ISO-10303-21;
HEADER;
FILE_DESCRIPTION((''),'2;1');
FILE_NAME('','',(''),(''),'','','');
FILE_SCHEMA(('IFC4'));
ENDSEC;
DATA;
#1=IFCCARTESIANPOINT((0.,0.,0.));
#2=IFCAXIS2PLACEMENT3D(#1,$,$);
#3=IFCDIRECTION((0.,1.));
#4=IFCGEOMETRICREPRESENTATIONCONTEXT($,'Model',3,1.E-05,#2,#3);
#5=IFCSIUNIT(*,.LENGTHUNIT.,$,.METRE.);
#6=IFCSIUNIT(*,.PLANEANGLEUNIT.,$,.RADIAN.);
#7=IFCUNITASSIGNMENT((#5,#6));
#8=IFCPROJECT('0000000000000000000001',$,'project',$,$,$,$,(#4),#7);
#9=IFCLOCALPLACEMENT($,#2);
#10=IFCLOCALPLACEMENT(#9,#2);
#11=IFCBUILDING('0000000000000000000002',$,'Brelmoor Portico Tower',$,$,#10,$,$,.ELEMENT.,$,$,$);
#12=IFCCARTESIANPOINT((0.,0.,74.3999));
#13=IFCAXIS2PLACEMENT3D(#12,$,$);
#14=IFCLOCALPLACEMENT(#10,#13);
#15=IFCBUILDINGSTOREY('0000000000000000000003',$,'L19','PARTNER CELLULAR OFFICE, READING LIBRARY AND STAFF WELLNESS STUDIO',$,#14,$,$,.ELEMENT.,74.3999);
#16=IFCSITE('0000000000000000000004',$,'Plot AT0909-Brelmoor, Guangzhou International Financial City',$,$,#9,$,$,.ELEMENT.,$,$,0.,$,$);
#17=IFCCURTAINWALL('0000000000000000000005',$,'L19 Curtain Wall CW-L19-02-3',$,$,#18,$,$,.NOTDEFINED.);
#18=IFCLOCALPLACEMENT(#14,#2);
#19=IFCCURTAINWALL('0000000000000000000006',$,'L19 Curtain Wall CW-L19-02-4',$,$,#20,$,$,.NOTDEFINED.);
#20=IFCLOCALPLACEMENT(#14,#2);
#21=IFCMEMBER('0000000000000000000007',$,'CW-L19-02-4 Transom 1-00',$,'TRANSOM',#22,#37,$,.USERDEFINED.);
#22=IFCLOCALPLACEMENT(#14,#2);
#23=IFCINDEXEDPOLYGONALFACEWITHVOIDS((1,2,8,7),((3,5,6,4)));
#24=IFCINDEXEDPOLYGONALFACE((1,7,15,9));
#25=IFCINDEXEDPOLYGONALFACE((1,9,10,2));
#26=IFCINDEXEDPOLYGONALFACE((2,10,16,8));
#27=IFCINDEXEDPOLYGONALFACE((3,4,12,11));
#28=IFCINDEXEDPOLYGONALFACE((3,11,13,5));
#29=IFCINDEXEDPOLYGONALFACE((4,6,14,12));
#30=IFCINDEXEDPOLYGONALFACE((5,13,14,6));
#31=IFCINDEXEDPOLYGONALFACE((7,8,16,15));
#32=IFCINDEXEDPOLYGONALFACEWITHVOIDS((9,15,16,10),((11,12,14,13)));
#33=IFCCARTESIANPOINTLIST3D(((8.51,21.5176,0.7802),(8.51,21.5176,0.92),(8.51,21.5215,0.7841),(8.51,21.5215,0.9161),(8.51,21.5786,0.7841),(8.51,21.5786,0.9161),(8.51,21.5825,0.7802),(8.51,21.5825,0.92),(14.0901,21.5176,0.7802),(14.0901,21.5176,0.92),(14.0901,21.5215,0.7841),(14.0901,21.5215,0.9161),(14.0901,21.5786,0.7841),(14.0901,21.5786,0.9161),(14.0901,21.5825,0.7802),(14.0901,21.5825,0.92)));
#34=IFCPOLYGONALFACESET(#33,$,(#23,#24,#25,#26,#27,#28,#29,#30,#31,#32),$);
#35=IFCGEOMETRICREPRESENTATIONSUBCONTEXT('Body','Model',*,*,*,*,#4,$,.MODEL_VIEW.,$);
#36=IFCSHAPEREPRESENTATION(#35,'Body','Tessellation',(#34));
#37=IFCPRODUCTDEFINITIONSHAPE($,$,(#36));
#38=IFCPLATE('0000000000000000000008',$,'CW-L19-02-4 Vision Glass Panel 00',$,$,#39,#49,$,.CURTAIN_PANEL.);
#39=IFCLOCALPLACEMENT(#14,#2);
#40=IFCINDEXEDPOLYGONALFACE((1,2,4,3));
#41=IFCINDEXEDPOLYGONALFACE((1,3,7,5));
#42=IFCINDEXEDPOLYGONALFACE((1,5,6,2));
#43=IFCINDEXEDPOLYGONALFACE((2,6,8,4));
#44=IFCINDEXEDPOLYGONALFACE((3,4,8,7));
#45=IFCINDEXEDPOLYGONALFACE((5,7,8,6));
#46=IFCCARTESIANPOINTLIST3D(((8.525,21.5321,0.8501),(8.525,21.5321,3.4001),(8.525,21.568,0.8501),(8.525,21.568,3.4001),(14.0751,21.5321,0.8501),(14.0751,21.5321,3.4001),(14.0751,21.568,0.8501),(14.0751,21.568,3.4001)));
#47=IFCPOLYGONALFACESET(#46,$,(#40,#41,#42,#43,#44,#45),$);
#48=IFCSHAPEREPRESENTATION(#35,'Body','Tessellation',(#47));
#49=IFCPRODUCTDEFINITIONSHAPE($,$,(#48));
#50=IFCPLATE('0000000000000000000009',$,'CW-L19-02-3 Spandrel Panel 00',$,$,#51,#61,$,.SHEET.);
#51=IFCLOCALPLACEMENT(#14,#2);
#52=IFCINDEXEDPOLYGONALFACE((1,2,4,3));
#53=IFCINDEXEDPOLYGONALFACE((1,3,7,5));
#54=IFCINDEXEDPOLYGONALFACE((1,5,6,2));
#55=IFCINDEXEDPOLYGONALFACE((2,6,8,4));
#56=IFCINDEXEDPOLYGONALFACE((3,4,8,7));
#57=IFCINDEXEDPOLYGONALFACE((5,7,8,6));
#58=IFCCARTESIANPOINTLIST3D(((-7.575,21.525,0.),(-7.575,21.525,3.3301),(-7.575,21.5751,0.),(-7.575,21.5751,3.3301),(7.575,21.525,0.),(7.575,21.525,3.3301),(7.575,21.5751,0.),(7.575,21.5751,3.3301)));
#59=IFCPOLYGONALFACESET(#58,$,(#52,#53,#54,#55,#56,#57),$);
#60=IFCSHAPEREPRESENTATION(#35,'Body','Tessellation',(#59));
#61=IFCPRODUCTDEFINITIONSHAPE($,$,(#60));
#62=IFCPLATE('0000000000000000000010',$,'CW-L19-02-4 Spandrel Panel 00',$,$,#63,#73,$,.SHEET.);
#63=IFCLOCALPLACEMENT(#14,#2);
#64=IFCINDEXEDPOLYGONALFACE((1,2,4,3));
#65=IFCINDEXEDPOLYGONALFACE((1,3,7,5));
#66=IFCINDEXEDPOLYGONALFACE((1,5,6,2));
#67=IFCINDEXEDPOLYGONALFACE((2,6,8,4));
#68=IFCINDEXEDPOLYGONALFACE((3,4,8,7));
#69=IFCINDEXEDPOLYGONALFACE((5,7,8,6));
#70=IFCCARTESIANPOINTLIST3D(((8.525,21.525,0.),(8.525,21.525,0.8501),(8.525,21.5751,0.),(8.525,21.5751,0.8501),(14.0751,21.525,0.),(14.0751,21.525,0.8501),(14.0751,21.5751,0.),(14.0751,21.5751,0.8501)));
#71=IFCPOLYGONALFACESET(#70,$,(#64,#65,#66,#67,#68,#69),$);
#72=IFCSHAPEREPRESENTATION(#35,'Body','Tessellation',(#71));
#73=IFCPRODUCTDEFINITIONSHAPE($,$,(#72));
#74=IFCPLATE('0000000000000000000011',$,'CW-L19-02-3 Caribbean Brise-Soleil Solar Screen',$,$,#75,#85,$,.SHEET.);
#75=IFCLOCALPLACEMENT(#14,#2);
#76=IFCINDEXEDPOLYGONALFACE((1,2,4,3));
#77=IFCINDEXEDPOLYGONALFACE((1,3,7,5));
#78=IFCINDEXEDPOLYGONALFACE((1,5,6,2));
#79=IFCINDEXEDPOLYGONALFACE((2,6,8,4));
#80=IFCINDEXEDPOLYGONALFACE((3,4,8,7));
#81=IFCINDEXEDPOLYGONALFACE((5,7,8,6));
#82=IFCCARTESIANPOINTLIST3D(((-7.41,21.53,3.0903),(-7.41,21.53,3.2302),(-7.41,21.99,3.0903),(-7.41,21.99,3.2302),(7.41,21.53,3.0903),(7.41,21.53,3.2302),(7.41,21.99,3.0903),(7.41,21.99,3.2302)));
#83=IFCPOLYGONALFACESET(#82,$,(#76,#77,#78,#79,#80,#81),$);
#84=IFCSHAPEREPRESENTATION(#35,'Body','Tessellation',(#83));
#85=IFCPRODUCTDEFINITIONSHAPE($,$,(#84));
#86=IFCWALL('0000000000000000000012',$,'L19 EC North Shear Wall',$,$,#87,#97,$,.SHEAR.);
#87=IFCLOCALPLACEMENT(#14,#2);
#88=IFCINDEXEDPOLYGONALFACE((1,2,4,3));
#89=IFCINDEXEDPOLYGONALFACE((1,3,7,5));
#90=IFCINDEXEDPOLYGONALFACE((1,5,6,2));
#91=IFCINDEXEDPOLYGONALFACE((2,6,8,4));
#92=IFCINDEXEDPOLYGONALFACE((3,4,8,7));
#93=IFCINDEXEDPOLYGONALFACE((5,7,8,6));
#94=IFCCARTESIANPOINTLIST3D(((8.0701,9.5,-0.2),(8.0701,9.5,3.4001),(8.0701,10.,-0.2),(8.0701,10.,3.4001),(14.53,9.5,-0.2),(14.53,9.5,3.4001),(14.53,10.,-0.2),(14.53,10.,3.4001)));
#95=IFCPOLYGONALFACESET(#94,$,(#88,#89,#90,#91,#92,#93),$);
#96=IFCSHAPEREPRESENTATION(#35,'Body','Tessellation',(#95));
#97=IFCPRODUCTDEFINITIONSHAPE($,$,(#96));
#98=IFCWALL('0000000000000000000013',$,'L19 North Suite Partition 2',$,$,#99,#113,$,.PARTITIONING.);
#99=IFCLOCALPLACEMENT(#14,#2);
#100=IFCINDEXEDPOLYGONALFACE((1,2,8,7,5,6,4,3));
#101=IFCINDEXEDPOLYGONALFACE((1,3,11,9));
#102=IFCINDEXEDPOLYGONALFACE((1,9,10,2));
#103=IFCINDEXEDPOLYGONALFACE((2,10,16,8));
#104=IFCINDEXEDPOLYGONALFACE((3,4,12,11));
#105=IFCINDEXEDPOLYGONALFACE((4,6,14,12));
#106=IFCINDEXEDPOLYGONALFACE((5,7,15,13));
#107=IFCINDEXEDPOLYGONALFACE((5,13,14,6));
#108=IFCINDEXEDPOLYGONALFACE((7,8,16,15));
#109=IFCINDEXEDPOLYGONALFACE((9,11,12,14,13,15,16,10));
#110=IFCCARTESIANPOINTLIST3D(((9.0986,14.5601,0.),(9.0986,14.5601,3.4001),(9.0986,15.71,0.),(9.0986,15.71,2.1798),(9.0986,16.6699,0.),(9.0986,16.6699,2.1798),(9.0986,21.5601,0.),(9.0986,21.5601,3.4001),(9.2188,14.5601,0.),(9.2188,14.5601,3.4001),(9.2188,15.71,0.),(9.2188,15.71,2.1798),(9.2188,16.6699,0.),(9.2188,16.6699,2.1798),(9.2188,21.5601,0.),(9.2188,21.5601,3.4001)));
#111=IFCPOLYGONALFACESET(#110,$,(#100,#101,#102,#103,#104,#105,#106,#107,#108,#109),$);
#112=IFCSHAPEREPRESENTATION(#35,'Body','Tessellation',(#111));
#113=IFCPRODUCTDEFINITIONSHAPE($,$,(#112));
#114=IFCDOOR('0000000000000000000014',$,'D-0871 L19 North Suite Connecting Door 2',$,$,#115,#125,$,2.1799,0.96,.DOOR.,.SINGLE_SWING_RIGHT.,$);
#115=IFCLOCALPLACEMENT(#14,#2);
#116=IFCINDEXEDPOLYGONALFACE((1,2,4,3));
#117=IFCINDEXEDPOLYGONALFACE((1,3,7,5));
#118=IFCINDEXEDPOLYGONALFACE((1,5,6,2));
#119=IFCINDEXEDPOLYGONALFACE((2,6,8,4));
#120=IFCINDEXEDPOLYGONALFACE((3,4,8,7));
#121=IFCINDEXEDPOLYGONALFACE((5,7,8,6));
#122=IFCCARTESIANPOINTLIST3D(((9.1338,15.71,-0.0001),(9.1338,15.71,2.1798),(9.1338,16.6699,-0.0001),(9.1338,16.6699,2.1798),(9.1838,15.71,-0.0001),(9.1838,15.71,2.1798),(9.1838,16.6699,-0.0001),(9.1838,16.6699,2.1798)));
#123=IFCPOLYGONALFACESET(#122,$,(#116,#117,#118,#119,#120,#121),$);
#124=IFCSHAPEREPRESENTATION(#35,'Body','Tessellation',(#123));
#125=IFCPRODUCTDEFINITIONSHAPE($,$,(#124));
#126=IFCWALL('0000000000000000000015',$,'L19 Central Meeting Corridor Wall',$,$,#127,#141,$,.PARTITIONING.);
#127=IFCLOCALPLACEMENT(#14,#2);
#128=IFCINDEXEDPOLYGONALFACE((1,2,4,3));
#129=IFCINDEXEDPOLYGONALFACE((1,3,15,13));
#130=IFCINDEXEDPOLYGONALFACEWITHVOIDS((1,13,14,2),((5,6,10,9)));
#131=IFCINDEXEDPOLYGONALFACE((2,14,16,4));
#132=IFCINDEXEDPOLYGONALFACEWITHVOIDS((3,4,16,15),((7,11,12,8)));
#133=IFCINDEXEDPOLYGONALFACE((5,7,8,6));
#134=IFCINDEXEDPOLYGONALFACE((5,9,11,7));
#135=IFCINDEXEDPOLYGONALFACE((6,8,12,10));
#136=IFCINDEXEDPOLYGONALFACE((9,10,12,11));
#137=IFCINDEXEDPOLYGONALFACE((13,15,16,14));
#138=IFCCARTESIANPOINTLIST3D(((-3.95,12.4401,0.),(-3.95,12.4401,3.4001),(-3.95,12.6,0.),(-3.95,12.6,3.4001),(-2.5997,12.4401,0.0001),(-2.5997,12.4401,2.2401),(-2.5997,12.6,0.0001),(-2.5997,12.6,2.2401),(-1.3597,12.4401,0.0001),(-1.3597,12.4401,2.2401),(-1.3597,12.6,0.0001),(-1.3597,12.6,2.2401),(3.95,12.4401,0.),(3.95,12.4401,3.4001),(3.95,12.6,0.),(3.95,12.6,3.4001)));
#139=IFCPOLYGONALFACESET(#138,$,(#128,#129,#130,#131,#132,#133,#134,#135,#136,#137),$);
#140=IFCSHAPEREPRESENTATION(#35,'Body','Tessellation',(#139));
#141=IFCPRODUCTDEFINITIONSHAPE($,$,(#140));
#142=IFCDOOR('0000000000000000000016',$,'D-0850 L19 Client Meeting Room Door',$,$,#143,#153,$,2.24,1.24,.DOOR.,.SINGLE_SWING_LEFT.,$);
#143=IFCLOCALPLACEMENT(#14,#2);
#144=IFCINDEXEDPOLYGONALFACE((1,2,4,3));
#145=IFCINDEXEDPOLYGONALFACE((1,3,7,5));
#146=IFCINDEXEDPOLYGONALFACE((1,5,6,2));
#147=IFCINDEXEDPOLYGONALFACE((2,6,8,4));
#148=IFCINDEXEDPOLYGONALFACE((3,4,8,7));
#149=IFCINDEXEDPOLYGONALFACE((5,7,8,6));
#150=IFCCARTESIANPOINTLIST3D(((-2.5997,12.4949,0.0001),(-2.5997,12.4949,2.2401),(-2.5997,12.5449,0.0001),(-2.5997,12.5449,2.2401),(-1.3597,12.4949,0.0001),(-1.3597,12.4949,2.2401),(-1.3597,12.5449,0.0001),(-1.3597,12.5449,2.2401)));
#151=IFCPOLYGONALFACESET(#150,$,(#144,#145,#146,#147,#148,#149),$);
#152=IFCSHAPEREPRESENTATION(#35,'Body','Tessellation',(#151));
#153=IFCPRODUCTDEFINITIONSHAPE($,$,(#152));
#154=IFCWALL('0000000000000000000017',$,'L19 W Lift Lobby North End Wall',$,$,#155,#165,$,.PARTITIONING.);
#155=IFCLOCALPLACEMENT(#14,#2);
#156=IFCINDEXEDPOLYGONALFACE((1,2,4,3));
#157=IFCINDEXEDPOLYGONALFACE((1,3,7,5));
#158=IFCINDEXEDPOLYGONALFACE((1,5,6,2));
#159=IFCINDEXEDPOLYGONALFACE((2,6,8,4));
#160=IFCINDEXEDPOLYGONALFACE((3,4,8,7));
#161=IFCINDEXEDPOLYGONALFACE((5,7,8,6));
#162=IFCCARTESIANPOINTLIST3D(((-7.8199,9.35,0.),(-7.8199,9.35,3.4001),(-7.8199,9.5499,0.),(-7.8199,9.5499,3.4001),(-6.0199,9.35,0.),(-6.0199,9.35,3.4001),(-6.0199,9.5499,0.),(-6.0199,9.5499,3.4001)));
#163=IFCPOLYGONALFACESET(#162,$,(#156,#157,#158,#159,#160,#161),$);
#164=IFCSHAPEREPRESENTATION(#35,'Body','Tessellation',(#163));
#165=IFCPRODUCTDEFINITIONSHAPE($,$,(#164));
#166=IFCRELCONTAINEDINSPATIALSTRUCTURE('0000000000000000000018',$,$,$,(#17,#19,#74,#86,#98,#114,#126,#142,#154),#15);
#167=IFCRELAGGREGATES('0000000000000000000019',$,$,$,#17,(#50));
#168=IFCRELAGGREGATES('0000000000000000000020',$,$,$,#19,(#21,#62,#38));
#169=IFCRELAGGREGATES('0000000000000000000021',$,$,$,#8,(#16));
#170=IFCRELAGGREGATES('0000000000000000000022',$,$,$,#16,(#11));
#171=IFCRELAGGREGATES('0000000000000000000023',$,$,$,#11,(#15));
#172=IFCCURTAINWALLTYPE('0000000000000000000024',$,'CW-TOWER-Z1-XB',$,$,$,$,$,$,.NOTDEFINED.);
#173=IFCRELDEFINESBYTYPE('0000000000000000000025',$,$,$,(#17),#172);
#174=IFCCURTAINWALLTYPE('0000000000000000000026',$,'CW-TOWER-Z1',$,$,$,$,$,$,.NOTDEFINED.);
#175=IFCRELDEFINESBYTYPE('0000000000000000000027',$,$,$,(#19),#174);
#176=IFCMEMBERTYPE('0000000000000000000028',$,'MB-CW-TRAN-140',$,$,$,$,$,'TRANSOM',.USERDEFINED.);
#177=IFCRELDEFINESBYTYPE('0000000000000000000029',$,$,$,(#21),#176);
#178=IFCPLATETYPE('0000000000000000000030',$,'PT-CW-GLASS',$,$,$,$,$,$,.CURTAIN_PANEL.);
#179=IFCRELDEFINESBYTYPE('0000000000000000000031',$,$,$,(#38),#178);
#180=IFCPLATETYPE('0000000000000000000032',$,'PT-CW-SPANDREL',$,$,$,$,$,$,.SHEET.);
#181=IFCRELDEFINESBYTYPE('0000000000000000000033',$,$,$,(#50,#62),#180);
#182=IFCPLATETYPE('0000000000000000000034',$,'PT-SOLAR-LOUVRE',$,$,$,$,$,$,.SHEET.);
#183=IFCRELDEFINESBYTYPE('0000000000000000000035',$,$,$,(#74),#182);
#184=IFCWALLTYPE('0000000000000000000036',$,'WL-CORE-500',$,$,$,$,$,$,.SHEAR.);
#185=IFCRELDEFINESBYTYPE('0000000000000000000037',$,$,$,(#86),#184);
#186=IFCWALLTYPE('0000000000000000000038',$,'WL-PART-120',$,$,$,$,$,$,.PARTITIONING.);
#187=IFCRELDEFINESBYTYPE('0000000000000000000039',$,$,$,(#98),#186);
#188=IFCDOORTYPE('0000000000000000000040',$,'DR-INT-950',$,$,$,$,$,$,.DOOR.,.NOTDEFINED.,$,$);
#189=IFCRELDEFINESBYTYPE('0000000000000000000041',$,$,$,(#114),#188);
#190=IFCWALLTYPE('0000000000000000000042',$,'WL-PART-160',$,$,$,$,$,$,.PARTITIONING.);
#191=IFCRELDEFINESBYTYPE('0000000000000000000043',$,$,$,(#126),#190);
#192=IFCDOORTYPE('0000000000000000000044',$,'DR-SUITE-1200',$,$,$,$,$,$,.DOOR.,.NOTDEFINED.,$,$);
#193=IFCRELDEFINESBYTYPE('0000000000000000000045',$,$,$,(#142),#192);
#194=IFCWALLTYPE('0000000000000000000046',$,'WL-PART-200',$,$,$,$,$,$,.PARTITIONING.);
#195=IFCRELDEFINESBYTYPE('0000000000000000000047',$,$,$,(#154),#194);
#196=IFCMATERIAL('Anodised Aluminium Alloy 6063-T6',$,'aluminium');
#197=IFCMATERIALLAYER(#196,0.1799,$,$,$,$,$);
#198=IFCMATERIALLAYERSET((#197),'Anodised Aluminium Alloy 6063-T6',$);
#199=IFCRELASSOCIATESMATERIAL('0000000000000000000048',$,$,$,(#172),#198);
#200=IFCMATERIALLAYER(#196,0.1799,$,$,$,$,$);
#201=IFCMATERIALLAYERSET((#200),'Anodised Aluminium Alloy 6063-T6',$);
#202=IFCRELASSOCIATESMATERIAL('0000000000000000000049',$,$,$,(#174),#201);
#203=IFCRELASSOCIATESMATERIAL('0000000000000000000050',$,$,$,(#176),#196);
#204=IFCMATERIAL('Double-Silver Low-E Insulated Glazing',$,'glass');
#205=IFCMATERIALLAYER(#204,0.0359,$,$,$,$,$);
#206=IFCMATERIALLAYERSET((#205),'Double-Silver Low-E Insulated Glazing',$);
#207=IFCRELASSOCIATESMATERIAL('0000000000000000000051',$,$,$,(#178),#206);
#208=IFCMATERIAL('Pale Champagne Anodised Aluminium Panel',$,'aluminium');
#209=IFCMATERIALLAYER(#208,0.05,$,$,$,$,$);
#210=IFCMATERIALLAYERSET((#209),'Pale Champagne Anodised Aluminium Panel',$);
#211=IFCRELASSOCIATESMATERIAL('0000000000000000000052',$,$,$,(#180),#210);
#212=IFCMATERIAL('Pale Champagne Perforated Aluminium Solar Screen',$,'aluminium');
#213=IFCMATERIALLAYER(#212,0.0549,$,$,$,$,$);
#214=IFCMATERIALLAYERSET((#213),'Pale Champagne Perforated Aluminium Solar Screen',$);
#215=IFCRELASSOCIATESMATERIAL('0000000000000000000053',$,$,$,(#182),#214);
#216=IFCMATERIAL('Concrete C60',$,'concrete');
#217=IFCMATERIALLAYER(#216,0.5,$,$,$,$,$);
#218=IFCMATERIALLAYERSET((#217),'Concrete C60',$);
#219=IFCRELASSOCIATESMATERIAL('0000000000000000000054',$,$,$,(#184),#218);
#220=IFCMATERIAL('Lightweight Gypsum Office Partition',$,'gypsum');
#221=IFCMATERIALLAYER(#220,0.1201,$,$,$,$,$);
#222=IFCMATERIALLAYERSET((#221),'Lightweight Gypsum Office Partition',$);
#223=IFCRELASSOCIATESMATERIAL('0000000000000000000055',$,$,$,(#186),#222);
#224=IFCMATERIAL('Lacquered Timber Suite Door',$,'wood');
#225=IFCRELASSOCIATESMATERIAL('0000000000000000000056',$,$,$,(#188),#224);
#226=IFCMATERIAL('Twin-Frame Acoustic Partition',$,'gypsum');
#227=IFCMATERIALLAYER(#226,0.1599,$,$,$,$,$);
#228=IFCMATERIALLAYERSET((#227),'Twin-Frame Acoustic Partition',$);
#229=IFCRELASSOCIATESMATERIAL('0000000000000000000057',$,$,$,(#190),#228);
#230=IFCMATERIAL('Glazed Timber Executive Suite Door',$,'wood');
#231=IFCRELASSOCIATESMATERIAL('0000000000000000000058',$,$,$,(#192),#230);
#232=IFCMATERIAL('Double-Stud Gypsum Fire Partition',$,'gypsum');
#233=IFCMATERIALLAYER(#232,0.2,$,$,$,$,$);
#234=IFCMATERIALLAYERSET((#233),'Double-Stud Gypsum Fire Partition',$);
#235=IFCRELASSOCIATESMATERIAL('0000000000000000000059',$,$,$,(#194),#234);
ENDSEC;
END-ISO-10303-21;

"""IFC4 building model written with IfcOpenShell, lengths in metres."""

from ifc_helpers import new_model, si_unit, direction, frame, frame_2d, origin, origin_2d, place, context, subcontext, project, spatial, rectangle, hollow_rectangle, extrude, material, layer, layer_set, material_profile, profile_set, type_object, element, fill, aggregate, save


model = new_model("IFC4")

# Units and contexts
model_context = context("Model", 3, precision=1e-05, world=origin(), true_north=direction((0.0, 1.0)))
body_context = subcontext(model_context, "Body", "Model", "MODEL_VIEW")
ifc_project = project(units=[si_unit("LENGTHUNIT", "METRE"), si_unit("PLANEANGLEUNIT", "RADIAN")], contexts=[model_context])

# Site, building, storey
site_placement = place(None, origin())
site = spatial("IfcSite", under=ifc_project, at=site_placement, Name="Plot AT0909-Brelmoor, Guangzhou International Financial City", CompositionType="ELEMENT", RefElevation=0.0)
building_placement = place(site_placement, origin())
building = spatial("IfcBuilding", under=site, at=building_placement, Name="Brelmoor Portico Tower", CompositionType="ELEMENT")
storey_placement = place(building_placement, frame((0.0, 0.0, 74.3999)))
storey = spatial("IfcBuildingStorey", under=building, at=storey_placement, Name="L19", Description="PARTNER CELLULAR OFFICE, READING LIBRARY AND STAFF WELLNESS STUDIO", CompositionType="ELEMENT", Elevation=74.3999)

# Curtain wall
ifc_material_1 = material(Name="Anodised Aluminium Alloy 6063-T6", Category="aluminium")
ifc_layer_1 = layer(ifc_material_1, 0.1799)
ifc_layer_set_1 = layer_set([ifc_layer_1], Name="Anodised Aluminium Alloy 6063-T6")
curtain_wall_type_1 = type_object("IfcCurtainWallType", Name="CW-TOWER-Z1-XB", PredefinedType="NOTDEFINED", material=ifc_layer_set_1)
curtain_wall_1_placement = place(storey_placement, origin())
curtain_wall_1 = element("IfcCurtainWall", 1, at=curtain_wall_1_placement, inside=storey, type_object=curtain_wall_type_1, Name="L19 Curtain Wall CW-L19-02-3", PredefinedType="NOTDEFINED")

# Curtain wall
ifc_layer_2 = layer(ifc_material_1, 0.1799)
ifc_layer_set_2 = layer_set([ifc_layer_2], Name="Anodised Aluminium Alloy 6063-T6")
curtain_wall_type_2 = type_object("IfcCurtainWallType", Name="CW-TOWER-Z1", PredefinedType="NOTDEFINED", material=ifc_layer_set_2)
curtain_wall_2_placement = place(storey_placement, origin())
curtain_wall_2 = element("IfcCurtainWall", 2, at=curtain_wall_2_placement, inside=storey, type_object=curtain_wall_type_2, Name="L19 Curtain Wall CW-L19-02-4", PredefinedType="NOTDEFINED")

# Member
ifc_material_profile_1 = material_profile(ifc_material_1, hollow_rectangle(XDim=0.0649, YDim=0.1399, WallThickness=0.0039, at=origin_2d()), Name="ALU TRANSOM 65x140")
ifc_profile_set_1 = profile_set([ifc_material_profile_1], Name="Anodised Aluminium Alloy 6063-T6")
member_type_1 = type_object("IfcMemberType", Name="MB-CW-TRAN-140", ElementType="TRANSOM", PredefinedType="USERDEFINED", material=ifc_profile_set_1)
member_1_placement = place(storey_placement, frame((8.51, 21.55, 0.8501), z_axis=(1.0, 0.0, 0.0), x_axis=(0.0, 1.0, 0.0)))
member_1 = element("IfcMember", 3, at=member_1_placement, type_object=member_type_1, Name="CW-L19-02-4 Transom 1-00", ObjectType="TRANSOM", PredefinedType="USERDEFINED", context=body_context, shape_type="SweptSolid", body=[
    extrude(hollow_rectangle(XDim=0.0649, YDim=0.1399, WallThickness=0.0039, at=origin_2d()), origin(), (0.0, 0.0, 1.0), 5.5801),
])

# Plates
ifc_material_2 = material(Name="Double-Silver Low-E Insulated Glazing", Category="glass")
ifc_layer_3 = layer(ifc_material_2, 0.0359)
ifc_layer_set_3 = layer_set([ifc_layer_3], Name="Double-Silver Low-E Insulated Glazing")
plate_type_1 = type_object("IfcPlateType", Name="PT-CW-GLASS", PredefinedType="CURTAIN_PANEL", material=ifc_layer_set_3)
plate_1_placement = place(storey_placement, frame((11.3, 21.55, 0.8501), z_axis=(0.0, 0.0, 1.0), x_axis=(1.0, 0.0, 0.0)))
plate_1 = element("IfcPlate", 4, at=plate_1_placement, type_object=plate_type_1, Name="CW-L19-02-4 Vision Glass Panel 00", PredefinedType="CURTAIN_PANEL", context=body_context, shape_type="SweptSolid", body=[
    extrude(rectangle(XDim=5.55, YDim=0.0359, at=origin_2d()), origin(), (0.0, 0.0, 1.0), 2.55),
])
ifc_material_3 = material(Name="Pale Champagne Anodised Aluminium Panel", Category="aluminium")
ifc_layer_4 = layer(ifc_material_3, 0.05)
ifc_layer_set_4 = layer_set([ifc_layer_4], Name="Pale Champagne Anodised Aluminium Panel")
plate_type_2 = type_object("IfcPlateType", Name="PT-CW-SPANDREL", PredefinedType="SHEET", material=ifc_layer_set_4)
plate_2_placement = place(storey_placement, frame((0.0, 21.55, 0.0), z_axis=(0.0, 0.0, 1.0), x_axis=(1.0, 0.0, 0.0)))
plate_2 = element("IfcPlate", 5, at=plate_2_placement, type_object=plate_type_2, Name="CW-L19-02-3 Spandrel Panel 00", PredefinedType="SHEET", context=body_context, shape_type="SweptSolid", body=[
    extrude(rectangle(XDim=15.1499, YDim=0.05, at=origin_2d()), origin(), (0.0, 0.0, 1.0), 3.3301),
])
aggregate(curtain_wall_1, [plate_2])
plate_3_placement = place(storey_placement, frame((11.3, 21.55, 0.0), z_axis=(0.0, 0.0, 1.0), x_axis=(1.0, 0.0, 0.0)))
plate_3 = element("IfcPlate", 6, at=plate_3_placement, type_object=plate_type_2, Name="CW-L19-02-4 Spandrel Panel 00", PredefinedType="SHEET", context=body_context, shape_type="SweptSolid", body=[
    extrude(rectangle(XDim=5.55, YDim=0.05, at=origin_2d()), origin(), (0.0, 0.0, 1.0), 0.8501),
])
aggregate(curtain_wall_2, [member_1, plate_3, plate_1])
ifc_material_4 = material(Name="Pale Champagne Perforated Aluminium Solar Screen", Category="aluminium")
ifc_layer_5 = layer(ifc_material_4, 0.0549)
ifc_layer_set_5 = layer_set([ifc_layer_5], Name="Pale Champagne Perforated Aluminium Solar Screen")
plate_type_3 = type_object("IfcPlateType", Name="PT-SOLAR-LOUVRE", PredefinedType="SHEET", material=ifc_layer_set_5)
plate_4_placement = place(storey_placement, frame((0.0, 21.76, 3.0903), z_axis=(0.0, 0.0, 1.0), x_axis=(1.0, 0.0, 0.0)))
element("IfcPlate", 7, at=plate_4_placement, inside=storey, type_object=plate_type_3, Name="CW-L19-02-3 Caribbean Brise-Soleil Solar Screen", PredefinedType="SHEET", context=body_context, shape_type="SweptSolid", body=[
    extrude(rectangle(XDim=14.8201, YDim=0.46, at=origin_2d()), origin(), (0.0, 0.0, 1.0), 0.1399),
])

# Wall
ifc_material_5 = material(Name="Concrete C60", Category="concrete")
ifc_layer_6 = layer(ifc_material_5, 0.5)
ifc_layer_set_6 = layer_set([ifc_layer_6], Name="Concrete C60")
wall_type_1 = type_object("IfcWallType", Name="WL-CORE-500", PredefinedType="SHEAR", material=ifc_layer_set_6)
wall_1_placement = place(storey_placement, frame((8.0701, 9.75, -0.2), z_axis=(0.0, 0.0, 1.0), x_axis=(1.0, 0.0, 0.0)))
element("IfcWall", 8, at=wall_1_placement, inside=storey, type_object=wall_type_1, Name="L19 EC North Shear Wall", PredefinedType="SHEAR", context=body_context, shape_type="SweptSolid", body=[
    extrude(rectangle(XDim=6.46, YDim=0.5, at=frame_2d((3.23, 0.0))), origin(), (0.0, 0.0, 1.0), 3.6001),
])

# Walls, openings, doors
ifc_material_6 = material(Name="Lightweight Gypsum Office Partition", Category="gypsum")
ifc_layer_7 = layer(ifc_material_6, 0.1201)
ifc_layer_set_7 = layer_set([ifc_layer_7], Name="Lightweight Gypsum Office Partition")
wall_type_2 = type_object("IfcWallType", Name="WL-PART-120", PredefinedType="PARTITIONING", material=ifc_layer_set_7)
wall_2_placement = place(storey_placement, frame((9.1587, 14.5601, 0.0), z_axis=(0.0, 0.0, 1.0), x_axis=(0.0, 1.0, 0.0)))
wall_2 = element("IfcWall", 9, at=wall_2_placement, inside=storey, type_object=wall_type_2, Name="L19 North Suite Partition 2", PredefinedType="PARTITIONING", context=body_context, shape_type="SweptSolid", body=[
    extrude(rectangle(XDim=7.0, YDim=0.1201, at=frame_2d((3.5, 0.0))), origin(), (0.0, 0.0, 1.0), 3.4001),
])
opening_1_placement = place(wall_2_placement, frame((1.1499, 0.0, 0.0)))
opening_1 = element("IfcOpeningElement", 10, at=opening_1_placement, cuts=wall_2, PredefinedType="OPENING", context=body_context, shape_type="SweptSolid", body=[
    extrude(rectangle(XDim=0.96, YDim=2.1799, at=frame_2d((0.48, 1.0898))), frame((0.0, 0.0701, 0.0), z_axis=(0.0, -1.0, 0.0), x_axis=(1.0, 0.0, 0.0)), (0.0, 0.0, 1.0), 0.1401),
])
ifc_material_7 = material(Name="Lacquered Timber Suite Door", Category="wood")
door_type_1 = type_object("IfcDoorType", Name="DR-INT-950", OperationType="NOTDEFINED", PredefinedType="DOOR", material=ifc_material_7)
door_1_placement = place(opening_1_placement, origin())
door_1 = element("IfcDoor", 11, at=door_1_placement, inside=storey, type_object=door_type_1, Name="D-0871 L19 North Suite Connecting Door 2", OperationType="SINGLE_SWING_RIGHT", OverallHeight=2.1799, OverallWidth=0.96, PredefinedType="DOOR", context=body_context, shape_type="SweptSolid", body=[
    extrude(rectangle(XDim=0.96, YDim=2.1799, at=frame_2d((0.48, 1.0898))), frame((0.0, 0.0249, 0.0), z_axis=(0.0, -1.0, 0.0), x_axis=(1.0, 0.0, 0.0)), (0.0, 0.0, 1.0), 0.05),
])
fill(opening_1, door_1)
ifc_material_8 = material(Name="Twin-Frame Acoustic Partition", Category="gypsum")
ifc_layer_8 = layer(ifc_material_8, 0.1599)
ifc_layer_set_8 = layer_set([ifc_layer_8], Name="Twin-Frame Acoustic Partition")
wall_type_3 = type_object("IfcWallType", Name="WL-PART-160", PredefinedType="PARTITIONING", material=ifc_layer_set_8)
wall_3_placement = place(storey_placement, frame((-3.95, 12.52, 0.0), z_axis=(0.0, 0.0, 1.0), x_axis=(1.0, 0.0, 0.0)))
wall_3 = element("IfcWall", 12, at=wall_3_placement, inside=storey, type_object=wall_type_3, Name="L19 Central Meeting Corridor Wall", PredefinedType="PARTITIONING", context=body_context, shape_type="SweptSolid", body=[
    extrude(rectangle(XDim=7.8999, YDim=0.1599, at=frame_2d((3.95, 0.0))), origin(), (0.0, 0.0, 1.0), 3.4001),
])
opening_2_placement = place(wall_3_placement, frame((1.3501, 0.0, 0.0)))
opening_2 = element("IfcOpeningElement", 13, at=opening_2_placement, cuts=wall_3, PredefinedType="OPENING", context=body_context, shape_type="SweptSolid", body=[
    extrude(rectangle(XDim=1.24, YDim=2.24, at=frame_2d((0.6201, 1.1201))), frame((0.0, 0.0898, 0.0), z_axis=(0.0, -1.0, 0.0), x_axis=(1.0, 0.0, 0.0)), (0.0, 0.0, 1.0), 0.1799),
])
ifc_material_9 = material(Name="Glazed Timber Executive Suite Door", Category="wood")
door_type_2 = type_object("IfcDoorType", Name="DR-SUITE-1200", OperationType="NOTDEFINED", PredefinedType="DOOR", material=ifc_material_9)
door_2_placement = place(opening_2_placement, origin())
door_2 = element("IfcDoor", 14, at=door_2_placement, inside=storey, type_object=door_type_2, Name="D-0850 L19 Client Meeting Room Door", OperationType="SINGLE_SWING_LEFT", OverallHeight=2.24, OverallWidth=1.24, PredefinedType="DOOR", context=body_context, shape_type="SweptSolid", body=[
    extrude(rectangle(XDim=1.24, YDim=2.24, at=frame_2d((0.6201, 1.1201))), frame((0.0, 0.0249, 0.0), z_axis=(0.0, -1.0, 0.0), x_axis=(1.0, 0.0, 0.0)), (0.0, 0.0, 1.0), 0.05),
])
fill(opening_2, door_2)

# Wall
ifc_material_10 = material(Name="Double-Stud Gypsum Fire Partition", Category="gypsum")
ifc_layer_9 = layer(ifc_material_10, 0.2)
ifc_layer_set_9 = layer_set([ifc_layer_9], Name="Double-Stud Gypsum Fire Partition")
wall_type_4 = type_object("IfcWallType", Name="WL-PART-200", PredefinedType="PARTITIONING", material=ifc_layer_set_9)
for number, where, z_axis, x_axis, name in (
    (15, (-6.02, 9.45, 0.0), (0.0, 0.0, 1.0), (-1.0, 0.0, 0.0), "L19 W Lift Lobby North End Wall"),
):
    element("IfcWall", number, at=place(storey_placement, frame(where, z_axis=z_axis, x_axis=x_axis)), inside=storey, type_object=wall_type_4, Name=name, PredefinedType="PARTITIONING", context=body_context, shape_type="SweptSolid", body=[
        extrude(rectangle(XDim=1.8, YDim=0.2, at=frame_2d((0.8999, 0.0))), origin(), (0.0, 0.0, 1.0), 3.4001),
    ])

save(model, "model.ifc")
